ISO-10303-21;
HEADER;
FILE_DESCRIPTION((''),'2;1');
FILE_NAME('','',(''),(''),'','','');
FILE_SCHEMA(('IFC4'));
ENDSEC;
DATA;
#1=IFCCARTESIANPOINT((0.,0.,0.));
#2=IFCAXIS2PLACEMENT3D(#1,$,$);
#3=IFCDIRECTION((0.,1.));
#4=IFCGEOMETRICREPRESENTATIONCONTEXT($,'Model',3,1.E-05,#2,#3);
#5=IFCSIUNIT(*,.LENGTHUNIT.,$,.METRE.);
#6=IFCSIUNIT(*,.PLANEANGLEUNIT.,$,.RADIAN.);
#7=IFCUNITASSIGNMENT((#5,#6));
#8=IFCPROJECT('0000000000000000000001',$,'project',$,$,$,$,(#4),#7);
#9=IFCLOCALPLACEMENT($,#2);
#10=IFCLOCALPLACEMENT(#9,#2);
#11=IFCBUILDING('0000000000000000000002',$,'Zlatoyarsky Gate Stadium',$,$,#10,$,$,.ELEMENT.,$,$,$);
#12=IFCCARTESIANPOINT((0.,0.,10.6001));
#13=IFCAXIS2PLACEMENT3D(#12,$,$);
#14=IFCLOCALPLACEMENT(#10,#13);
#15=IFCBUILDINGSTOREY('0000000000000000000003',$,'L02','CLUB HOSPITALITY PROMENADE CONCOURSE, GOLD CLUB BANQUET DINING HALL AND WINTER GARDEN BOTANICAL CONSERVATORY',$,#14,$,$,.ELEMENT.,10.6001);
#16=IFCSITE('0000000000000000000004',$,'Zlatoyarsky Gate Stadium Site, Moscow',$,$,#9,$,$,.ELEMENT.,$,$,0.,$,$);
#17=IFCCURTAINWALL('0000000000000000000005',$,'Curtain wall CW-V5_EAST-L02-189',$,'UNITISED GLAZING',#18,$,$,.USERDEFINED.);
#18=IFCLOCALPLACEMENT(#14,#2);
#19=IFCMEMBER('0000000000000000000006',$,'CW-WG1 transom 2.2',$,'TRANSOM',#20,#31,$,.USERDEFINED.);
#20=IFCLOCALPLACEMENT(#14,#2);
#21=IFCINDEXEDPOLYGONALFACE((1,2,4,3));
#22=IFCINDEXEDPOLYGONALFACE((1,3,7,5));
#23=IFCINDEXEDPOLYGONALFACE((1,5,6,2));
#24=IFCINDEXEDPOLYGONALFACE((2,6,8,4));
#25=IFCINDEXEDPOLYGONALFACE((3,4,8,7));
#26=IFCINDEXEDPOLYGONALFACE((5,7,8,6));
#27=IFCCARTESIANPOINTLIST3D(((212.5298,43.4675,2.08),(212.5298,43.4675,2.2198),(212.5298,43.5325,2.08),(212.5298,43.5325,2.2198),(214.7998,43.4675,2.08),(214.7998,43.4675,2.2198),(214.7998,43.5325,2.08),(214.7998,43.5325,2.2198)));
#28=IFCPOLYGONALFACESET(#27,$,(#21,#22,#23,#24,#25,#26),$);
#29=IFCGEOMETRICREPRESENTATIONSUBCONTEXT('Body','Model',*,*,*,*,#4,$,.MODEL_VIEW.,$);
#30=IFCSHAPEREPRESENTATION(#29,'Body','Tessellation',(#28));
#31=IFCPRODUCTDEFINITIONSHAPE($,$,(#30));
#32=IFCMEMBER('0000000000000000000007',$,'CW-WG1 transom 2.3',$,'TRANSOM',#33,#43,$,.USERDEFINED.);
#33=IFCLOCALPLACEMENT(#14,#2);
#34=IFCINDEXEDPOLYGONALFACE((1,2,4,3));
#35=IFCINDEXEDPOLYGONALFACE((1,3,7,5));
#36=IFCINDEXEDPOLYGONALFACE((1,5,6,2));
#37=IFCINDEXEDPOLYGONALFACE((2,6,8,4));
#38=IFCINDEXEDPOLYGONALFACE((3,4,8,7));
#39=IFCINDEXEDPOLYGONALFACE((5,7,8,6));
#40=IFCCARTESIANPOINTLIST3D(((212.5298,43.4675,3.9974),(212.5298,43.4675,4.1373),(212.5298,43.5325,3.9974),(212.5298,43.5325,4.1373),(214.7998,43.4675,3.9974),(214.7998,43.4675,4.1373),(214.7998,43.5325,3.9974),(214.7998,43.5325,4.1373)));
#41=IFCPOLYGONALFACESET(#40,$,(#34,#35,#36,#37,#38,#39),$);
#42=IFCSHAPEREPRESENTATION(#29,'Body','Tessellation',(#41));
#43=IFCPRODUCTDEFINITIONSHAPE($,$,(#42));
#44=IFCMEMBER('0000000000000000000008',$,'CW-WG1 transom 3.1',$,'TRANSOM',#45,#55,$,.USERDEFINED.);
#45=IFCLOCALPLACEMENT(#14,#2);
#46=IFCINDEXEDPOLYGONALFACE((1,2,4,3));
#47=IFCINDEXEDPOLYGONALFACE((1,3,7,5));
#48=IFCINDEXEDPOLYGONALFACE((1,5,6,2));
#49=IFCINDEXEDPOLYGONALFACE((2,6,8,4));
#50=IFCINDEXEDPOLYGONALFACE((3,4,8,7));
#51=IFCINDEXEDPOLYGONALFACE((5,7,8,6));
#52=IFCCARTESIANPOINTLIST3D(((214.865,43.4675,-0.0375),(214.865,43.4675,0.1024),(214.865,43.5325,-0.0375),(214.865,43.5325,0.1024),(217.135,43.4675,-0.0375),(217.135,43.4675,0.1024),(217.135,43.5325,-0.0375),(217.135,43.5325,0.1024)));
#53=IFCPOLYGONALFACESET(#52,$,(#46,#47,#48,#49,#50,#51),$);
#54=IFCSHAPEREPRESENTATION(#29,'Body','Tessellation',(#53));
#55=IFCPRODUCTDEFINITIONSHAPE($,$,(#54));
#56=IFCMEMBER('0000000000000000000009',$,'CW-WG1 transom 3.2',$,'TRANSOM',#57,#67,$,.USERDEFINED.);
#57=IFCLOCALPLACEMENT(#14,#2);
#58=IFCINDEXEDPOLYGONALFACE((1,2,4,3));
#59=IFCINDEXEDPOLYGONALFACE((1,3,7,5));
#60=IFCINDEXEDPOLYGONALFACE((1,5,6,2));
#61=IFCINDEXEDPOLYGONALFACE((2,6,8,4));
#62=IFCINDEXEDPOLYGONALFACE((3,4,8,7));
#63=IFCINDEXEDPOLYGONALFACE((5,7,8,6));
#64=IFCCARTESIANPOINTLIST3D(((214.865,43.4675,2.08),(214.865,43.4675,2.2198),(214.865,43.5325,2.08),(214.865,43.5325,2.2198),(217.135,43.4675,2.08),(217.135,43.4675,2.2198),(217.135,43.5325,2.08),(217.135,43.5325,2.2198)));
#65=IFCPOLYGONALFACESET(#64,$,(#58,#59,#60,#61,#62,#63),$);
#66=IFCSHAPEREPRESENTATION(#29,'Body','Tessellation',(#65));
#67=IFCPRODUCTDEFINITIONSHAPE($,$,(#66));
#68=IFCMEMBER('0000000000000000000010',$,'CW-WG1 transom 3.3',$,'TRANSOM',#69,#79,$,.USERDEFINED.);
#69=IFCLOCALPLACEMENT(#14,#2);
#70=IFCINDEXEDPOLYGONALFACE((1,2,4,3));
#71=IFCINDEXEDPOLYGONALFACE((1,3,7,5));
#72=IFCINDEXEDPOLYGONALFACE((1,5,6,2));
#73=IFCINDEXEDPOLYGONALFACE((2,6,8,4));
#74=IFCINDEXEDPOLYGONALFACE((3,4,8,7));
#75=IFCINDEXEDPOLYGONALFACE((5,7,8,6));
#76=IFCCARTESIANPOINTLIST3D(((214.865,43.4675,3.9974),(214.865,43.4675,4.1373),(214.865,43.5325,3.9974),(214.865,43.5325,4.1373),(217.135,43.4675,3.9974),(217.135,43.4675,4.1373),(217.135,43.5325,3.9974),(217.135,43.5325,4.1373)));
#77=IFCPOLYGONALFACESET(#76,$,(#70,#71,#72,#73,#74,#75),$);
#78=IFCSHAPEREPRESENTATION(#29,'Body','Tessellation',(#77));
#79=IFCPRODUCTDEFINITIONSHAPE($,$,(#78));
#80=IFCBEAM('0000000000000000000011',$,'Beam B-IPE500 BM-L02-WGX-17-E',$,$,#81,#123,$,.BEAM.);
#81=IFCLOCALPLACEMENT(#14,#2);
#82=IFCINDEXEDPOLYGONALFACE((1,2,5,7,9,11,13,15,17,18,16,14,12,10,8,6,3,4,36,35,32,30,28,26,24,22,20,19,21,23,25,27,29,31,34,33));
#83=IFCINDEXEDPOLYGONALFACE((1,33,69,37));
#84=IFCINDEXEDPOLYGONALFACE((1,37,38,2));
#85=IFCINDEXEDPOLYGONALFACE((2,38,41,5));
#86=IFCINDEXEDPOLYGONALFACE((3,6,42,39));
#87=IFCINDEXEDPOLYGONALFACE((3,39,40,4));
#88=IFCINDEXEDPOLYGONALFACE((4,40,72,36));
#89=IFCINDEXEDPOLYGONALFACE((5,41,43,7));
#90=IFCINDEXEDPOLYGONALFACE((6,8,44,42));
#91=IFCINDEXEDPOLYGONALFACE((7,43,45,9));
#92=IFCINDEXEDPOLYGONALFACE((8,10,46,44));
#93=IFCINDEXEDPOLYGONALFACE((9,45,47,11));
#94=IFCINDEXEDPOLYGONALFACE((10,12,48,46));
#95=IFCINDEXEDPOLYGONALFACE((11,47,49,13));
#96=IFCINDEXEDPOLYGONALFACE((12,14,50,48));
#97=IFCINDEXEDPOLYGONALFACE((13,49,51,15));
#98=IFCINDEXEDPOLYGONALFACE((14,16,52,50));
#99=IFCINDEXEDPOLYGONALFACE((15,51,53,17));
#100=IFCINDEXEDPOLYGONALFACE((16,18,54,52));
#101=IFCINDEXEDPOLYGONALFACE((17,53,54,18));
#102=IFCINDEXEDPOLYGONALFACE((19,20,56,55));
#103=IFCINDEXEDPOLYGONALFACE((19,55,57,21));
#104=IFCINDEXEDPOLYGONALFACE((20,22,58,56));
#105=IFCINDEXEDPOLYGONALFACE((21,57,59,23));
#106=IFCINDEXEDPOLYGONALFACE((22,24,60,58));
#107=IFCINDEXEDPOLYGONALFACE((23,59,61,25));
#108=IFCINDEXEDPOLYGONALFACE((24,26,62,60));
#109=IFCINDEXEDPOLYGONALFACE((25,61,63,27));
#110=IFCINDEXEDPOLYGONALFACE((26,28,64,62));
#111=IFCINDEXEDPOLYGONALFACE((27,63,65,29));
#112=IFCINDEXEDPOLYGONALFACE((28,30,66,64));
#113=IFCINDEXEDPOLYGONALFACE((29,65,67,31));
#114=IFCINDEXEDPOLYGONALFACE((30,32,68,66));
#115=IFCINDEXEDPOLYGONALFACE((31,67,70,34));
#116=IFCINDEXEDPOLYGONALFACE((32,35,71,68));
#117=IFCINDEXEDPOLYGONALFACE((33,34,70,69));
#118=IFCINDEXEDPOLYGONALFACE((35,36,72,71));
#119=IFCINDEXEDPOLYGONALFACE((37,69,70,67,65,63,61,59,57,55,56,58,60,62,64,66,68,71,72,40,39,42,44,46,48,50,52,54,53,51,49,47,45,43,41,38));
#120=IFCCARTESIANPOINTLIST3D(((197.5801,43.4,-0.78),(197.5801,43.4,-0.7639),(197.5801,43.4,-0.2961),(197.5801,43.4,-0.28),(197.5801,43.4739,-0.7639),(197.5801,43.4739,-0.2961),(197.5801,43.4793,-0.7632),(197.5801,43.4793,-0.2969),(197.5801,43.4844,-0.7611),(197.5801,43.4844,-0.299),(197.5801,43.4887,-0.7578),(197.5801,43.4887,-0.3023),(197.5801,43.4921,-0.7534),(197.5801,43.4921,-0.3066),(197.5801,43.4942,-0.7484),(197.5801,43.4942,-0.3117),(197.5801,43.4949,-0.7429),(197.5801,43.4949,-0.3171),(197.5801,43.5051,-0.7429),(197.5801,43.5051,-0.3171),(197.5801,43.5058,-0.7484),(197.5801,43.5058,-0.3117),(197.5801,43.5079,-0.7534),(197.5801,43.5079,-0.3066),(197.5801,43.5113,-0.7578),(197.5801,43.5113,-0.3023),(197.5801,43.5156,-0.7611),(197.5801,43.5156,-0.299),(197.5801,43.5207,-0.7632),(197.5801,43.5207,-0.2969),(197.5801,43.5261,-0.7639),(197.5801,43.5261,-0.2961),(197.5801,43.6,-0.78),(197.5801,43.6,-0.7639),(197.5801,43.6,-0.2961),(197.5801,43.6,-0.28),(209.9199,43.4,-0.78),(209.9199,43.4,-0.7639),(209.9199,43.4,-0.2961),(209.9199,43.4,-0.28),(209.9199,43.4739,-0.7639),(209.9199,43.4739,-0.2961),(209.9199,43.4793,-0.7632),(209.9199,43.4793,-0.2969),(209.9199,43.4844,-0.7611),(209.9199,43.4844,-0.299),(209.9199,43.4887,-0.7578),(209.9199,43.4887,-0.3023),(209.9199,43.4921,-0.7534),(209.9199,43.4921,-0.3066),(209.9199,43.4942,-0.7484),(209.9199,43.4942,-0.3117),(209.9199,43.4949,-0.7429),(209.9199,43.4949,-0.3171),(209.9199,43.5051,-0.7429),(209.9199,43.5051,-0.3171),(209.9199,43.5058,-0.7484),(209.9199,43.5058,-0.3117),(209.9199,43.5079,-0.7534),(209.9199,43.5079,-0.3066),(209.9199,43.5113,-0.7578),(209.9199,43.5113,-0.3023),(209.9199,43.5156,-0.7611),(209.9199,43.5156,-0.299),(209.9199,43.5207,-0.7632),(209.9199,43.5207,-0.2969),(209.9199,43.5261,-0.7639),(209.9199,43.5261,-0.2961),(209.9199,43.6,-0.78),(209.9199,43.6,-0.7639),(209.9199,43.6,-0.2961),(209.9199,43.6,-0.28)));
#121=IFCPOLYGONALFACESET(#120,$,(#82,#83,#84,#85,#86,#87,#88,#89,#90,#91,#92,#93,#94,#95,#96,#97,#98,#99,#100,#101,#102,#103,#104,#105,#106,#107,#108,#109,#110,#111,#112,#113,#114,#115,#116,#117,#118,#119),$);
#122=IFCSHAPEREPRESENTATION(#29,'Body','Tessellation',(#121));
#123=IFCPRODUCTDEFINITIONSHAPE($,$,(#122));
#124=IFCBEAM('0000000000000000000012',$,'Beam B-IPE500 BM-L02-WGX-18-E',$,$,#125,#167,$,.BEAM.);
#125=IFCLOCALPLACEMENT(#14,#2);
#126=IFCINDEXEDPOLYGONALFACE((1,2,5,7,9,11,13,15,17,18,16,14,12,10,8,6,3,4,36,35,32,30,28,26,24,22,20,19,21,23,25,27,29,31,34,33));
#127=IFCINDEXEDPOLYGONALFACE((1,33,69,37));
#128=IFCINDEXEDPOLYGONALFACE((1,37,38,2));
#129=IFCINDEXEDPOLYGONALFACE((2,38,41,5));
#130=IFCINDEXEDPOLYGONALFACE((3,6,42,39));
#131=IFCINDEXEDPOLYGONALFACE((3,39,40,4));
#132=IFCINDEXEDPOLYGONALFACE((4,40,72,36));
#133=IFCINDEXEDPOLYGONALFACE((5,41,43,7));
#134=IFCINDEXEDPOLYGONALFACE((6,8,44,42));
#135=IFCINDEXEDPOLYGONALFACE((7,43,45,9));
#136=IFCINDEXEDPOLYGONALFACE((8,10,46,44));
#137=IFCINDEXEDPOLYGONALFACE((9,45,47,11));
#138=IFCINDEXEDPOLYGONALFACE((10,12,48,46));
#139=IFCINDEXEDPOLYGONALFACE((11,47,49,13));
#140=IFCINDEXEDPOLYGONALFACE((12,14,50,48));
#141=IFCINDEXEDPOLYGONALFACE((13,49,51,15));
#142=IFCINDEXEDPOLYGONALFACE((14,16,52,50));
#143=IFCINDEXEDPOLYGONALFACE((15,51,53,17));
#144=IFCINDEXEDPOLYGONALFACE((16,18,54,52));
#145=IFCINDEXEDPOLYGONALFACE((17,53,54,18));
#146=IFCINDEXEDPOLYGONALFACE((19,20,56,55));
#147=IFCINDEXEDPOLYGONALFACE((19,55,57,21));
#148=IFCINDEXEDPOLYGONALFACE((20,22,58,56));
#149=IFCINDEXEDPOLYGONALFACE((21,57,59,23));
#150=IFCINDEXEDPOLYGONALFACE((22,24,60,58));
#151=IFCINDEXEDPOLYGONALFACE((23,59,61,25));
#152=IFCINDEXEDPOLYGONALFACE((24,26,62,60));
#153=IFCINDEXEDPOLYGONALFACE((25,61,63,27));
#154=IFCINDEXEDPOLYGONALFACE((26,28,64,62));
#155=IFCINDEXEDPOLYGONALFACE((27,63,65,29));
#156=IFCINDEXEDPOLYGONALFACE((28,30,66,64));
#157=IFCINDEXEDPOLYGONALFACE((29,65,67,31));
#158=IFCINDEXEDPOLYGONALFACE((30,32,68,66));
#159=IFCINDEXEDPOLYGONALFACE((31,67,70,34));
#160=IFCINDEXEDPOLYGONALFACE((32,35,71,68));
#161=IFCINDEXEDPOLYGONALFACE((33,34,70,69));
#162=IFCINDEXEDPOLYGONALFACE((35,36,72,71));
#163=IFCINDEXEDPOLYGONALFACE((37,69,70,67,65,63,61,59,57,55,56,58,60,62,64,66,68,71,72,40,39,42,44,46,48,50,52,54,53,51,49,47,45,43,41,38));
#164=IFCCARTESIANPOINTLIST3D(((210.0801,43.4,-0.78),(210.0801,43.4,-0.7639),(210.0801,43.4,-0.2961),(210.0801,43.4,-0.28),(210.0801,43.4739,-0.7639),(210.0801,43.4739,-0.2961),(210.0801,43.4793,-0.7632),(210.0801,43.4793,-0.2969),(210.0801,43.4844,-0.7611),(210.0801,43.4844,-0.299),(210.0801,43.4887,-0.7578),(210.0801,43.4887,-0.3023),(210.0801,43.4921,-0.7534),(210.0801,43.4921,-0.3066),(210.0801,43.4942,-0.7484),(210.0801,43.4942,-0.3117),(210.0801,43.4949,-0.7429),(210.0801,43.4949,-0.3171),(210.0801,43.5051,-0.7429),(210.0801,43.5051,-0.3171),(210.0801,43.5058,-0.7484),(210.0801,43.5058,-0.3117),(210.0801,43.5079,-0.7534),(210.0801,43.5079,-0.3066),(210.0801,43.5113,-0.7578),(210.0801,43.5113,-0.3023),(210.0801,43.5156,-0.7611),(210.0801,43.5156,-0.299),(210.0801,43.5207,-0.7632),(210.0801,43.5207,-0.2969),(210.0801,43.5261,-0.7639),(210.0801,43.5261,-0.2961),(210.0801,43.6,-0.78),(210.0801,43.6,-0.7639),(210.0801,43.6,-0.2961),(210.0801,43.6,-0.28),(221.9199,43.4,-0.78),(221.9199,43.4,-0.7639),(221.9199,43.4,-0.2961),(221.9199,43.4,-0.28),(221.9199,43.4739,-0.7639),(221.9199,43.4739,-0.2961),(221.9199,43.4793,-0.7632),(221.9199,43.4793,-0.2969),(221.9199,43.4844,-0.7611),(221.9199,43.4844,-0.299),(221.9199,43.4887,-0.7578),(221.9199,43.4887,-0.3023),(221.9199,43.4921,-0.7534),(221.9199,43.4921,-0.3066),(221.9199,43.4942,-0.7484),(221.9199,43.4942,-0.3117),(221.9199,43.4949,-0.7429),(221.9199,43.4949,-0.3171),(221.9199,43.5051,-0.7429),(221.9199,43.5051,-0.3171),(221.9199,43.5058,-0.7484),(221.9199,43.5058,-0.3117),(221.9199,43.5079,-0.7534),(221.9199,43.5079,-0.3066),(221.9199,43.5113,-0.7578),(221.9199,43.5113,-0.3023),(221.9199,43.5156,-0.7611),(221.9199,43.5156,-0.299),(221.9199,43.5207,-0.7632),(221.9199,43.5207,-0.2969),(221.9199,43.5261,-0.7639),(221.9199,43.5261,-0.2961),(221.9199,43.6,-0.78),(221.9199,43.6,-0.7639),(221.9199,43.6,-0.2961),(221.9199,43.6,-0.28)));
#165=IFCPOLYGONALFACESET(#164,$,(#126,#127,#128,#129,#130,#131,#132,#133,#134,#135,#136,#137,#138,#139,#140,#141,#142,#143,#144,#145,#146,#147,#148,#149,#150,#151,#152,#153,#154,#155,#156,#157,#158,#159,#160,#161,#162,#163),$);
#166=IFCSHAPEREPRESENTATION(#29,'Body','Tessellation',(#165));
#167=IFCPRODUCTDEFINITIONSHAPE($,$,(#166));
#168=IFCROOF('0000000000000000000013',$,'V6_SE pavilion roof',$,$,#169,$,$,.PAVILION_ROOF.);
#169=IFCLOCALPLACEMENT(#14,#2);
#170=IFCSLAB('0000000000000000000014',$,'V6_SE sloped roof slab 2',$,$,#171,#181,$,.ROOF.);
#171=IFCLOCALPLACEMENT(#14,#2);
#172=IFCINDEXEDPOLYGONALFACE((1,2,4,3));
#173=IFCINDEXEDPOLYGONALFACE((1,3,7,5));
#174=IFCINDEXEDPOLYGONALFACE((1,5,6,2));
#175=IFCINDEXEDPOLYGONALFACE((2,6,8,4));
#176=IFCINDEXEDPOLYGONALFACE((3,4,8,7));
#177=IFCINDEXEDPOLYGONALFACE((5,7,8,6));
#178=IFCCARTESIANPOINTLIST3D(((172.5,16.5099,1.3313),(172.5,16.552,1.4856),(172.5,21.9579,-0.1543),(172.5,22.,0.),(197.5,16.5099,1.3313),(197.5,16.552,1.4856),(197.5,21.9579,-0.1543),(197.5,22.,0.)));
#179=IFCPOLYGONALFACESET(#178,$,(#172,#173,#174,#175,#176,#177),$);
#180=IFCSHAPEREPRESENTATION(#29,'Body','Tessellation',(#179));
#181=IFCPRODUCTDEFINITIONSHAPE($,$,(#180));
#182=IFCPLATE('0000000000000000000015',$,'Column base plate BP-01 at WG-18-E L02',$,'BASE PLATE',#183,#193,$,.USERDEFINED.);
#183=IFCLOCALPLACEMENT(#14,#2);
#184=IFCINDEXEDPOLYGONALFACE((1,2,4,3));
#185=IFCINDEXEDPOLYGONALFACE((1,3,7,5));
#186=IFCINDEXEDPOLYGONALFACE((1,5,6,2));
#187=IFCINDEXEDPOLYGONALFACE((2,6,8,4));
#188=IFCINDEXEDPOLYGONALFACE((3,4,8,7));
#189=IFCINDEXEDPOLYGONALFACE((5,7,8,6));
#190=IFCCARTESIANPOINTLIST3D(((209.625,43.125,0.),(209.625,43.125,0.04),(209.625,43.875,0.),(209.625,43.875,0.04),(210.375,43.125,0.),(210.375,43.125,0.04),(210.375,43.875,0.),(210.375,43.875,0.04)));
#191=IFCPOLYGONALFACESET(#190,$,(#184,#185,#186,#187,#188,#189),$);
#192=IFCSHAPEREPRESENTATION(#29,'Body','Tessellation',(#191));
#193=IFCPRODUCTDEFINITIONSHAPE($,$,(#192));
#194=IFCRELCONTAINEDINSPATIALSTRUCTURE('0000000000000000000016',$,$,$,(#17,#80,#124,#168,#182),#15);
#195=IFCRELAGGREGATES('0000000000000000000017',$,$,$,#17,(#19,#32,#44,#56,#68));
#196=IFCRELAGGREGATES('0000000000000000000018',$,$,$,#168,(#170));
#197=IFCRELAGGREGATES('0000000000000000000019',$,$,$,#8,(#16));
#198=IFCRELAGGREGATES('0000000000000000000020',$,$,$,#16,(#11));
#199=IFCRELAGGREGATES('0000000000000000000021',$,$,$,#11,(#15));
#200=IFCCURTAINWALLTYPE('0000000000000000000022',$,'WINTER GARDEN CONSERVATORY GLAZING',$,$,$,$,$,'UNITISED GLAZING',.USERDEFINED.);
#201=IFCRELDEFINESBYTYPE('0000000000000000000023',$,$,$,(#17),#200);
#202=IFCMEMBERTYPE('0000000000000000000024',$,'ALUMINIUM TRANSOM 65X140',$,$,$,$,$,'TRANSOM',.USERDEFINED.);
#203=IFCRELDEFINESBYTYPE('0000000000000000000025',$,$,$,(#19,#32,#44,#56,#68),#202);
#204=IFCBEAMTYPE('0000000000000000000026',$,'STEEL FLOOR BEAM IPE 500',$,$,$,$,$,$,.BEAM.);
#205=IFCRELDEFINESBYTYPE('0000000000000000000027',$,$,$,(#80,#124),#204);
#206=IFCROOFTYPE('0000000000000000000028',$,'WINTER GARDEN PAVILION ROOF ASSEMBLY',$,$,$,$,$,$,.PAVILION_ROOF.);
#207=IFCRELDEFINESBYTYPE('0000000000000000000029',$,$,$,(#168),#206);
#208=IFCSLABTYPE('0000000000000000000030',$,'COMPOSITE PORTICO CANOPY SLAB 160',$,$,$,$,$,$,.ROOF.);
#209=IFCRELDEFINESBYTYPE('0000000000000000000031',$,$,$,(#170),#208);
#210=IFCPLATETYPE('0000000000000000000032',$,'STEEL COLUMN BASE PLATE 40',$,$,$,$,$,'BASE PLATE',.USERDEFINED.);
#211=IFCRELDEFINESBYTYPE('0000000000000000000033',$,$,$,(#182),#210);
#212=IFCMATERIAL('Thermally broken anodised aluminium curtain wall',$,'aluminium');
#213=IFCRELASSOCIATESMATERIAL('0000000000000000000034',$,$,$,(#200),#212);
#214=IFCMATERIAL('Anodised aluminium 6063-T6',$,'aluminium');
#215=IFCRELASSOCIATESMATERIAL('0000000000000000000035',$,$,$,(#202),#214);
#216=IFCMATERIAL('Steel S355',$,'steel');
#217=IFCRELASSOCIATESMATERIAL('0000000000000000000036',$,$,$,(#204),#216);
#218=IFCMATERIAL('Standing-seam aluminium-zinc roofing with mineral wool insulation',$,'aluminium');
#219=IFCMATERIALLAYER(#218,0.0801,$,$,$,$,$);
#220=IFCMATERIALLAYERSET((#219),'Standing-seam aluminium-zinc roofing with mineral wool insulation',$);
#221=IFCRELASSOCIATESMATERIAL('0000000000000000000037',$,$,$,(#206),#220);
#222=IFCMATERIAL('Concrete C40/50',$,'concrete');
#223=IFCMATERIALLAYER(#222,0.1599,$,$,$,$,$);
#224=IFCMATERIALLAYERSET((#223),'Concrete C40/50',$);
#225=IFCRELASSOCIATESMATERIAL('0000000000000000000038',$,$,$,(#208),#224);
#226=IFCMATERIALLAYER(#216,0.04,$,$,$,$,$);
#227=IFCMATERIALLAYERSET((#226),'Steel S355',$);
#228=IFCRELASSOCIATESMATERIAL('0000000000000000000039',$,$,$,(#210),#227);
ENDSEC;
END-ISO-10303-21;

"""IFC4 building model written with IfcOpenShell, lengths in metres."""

from ifc_helpers import new_model, si_unit, direction, frame, origin, origin_2d, place, context, subcontext, project, spatial, polyline, rectangle, i_section, outline, extrude, material, layer, layer_set, material_profile, profile_set, type_object, element, aggregate, save


model = new_model("IFC4")

# Units and contexts
model_context = context("Model", 3, precision=1e-05, world=origin(), true_north=direction((0.0, 1.0)))
body_context = subcontext(model_context, "Body", "Model", "MODEL_VIEW")
ifc_project = project(units=[si_unit("LENGTHUNIT", "METRE"), si_unit("PLANEANGLEUNIT", "RADIAN")], contexts=[model_context])

# Site, building, storey
site_placement = place(None, origin())
site = spatial("IfcSite", under=ifc_project, at=site_placement, Name="Zlatoyarsky Gate Stadium Site, Moscow", CompositionType="ELEMENT", RefElevation=0.0)
building_placement = place(site_placement, origin())
building = spatial("IfcBuilding", under=site, at=building_placement, Name="Zlatoyarsky Gate Stadium", CompositionType="ELEMENT")
storey_placement = place(building_placement, frame((0.0, 0.0, 10.6001)))
storey = spatial("IfcBuildingStorey", under=building, at=storey_placement, Name="L02", Description="CLUB HOSPITALITY PROMENADE CONCOURSE, GOLD CLUB BANQUET DINING HALL AND WINTER GARDEN BOTANICAL CONSERVATORY", CompositionType="ELEMENT", Elevation=10.6001)

# Shared definitions
ifc_material_1 = material(Name="Steel S355", Category="steel")

# Curtain wall, members
ifc_material_2 = material(Name="Thermally broken anodised aluminium curtain wall", Category="aluminium")
curtain_wall_type = type_object("IfcCurtainWallType", Name="WINTER GARDEN CONSERVATORY GLAZING", ElementType="UNITISED GLAZING", PredefinedType="USERDEFINED", material=ifc_material_2)
curtain_wall_placement = place(storey_placement, origin())
curtain_wall = element("IfcCurtainWall", 1, at=curtain_wall_placement, inside=storey, type_object=curtain_wall_type, Name="Curtain wall CW-V5_EAST-L02-189", ObjectType="UNITISED GLAZING", PredefinedType="USERDEFINED")
ifc_material_3 = material(Name="Anodised aluminium 6063-T6", Category="aluminium")
ifc_material_profile_1 = material_profile(ifc_material_3, rectangle(XDim=0.0649, YDim=0.1399, at=origin_2d()), Name="ALU 65X140")
ifc_profile_set_1 = profile_set([ifc_material_profile_1], Name="Anodised aluminium 6063-T6")
member_type_1 = type_object("IfcMemberType", Name="ALUMINIUM TRANSOM 65X140", ElementType="TRANSOM", PredefinedType="USERDEFINED", material=ifc_profile_set_1)
member_1_placement = place(storey_placement, frame((212.5298, 43.5, 2.1499), z_axis=(1.0, 0.0, 0.0), x_axis=(0.0, 1.0, 0.0)))
member_1 = element("IfcMember", 2, at=member_1_placement, type_object=member_type_1, Name="CW-WG1 transom 2.2", ObjectType="TRANSOM", PredefinedType="USERDEFINED", context=body_context, shape_type="SweptSolid", body=[
    extrude(rectangle(XDim=0.0649, YDim=0.1399, at=origin_2d()), origin(), (0.0, 0.0, 1.0), 2.27),
])
member_2_placement = place(storey_placement, frame((212.5298, 43.5, 4.0674), z_axis=(1.0, 0.0, 0.0), x_axis=(0.0, 1.0, 0.0)))
member_2 = element("IfcMember", 3, at=member_2_placement, type_object=member_type_1, Name="CW-WG1 transom 2.3", ObjectType="TRANSOM", PredefinedType="USERDEFINED", context=body_context, shape_type="SweptSolid", body=[
    extrude(rectangle(XDim=0.0649, YDim=0.1399, at=origin_2d()), origin(), (0.0, 0.0, 1.0), 2.27),
])
member_3_placement = place(storey_placement, frame((214.865, 43.5, 0.0325), z_axis=(1.0, 0.0, 0.0), x_axis=(0.0, 1.0, 0.0)))
member_3 = element("IfcMember", 4, at=member_3_placement, type_object=member_type_1, Name="CW-WG1 transom 3.1", ObjectType="TRANSOM", PredefinedType="USERDEFINED", context=body_context, shape_type="SweptSolid", body=[
    extrude(rectangle(XDim=0.0649, YDim=0.1399, at=origin_2d()), origin(), (0.0, 0.0, 1.0), 2.27),
])
member_4_placement = place(storey_placement, frame((214.865, 43.5, 2.1499), z_axis=(1.0, 0.0, 0.0), x_axis=(0.0, 1.0, 0.0)))
member_4 = element("IfcMember", 5, at=member_4_placement, type_object=member_type_1, Name="CW-WG1 transom 3.2", ObjectType="TRANSOM", PredefinedType="USERDEFINED", context=body_context, shape_type="SweptSolid", body=[
    extrude(rectangle(XDim=0.0649, YDim=0.1399, at=origin_2d()), origin(), (0.0, 0.0, 1.0), 2.27),
])
member_5_placement = place(storey_placement, frame((214.865, 43.5, 4.0674), z_axis=(1.0, 0.0, 0.0), x_axis=(0.0, 1.0, 0.0)))
member_5 = element("IfcMember", 6, at=member_5_placement, type_object=member_type_1, Name="CW-WG1 transom 3.3", ObjectType="TRANSOM", PredefinedType="USERDEFINED", context=body_context, shape_type="SweptSolid", body=[
    extrude(rectangle(XDim=0.0649, YDim=0.1399, at=origin_2d()), origin(), (0.0, 0.0, 1.0), 2.27),
])

# Beams
ifc_material_profile_2 = material_profile(ifc_material_1, i_section(OverallWidth=0.2, OverallDepth=0.5, WebThickness=0.0103, FlangeThickness=0.0161, FilletRadius=0.021, at=origin_2d()), Name="IPE 500")
ifc_profile_set_2 = profile_set([ifc_material_profile_2], Name="Steel S355")
beam_type = type_object("IfcBeamType", Name="STEEL FLOOR BEAM IPE 500", PredefinedType="BEAM", material=ifc_profile_set_2)
beam_1_placement = place(storey_placement, frame((197.5801, 43.5, -0.53), z_axis=(1.0, 0.0, 0.0), x_axis=(0.0, 1.0, 0.0)))
element("IfcBeam", 7, at=beam_1_placement, inside=storey, type_object=beam_type, Name="Beam B-IPE500 BM-L02-WGX-17-E", PredefinedType="BEAM", context=body_context, shape_type="SweptSolid", body=[
    extrude(i_section(OverallWidth=0.2, OverallDepth=0.5, WebThickness=0.0103, FlangeThickness=0.0161, FilletRadius=0.021, at=origin_2d()), origin(), (0.0, 0.0, 1.0), 12.3398),
])
beam_2_placement = place(storey_placement, frame((210.0801, 43.5, -0.53), z_axis=(1.0, 0.0, 0.0), x_axis=(0.0, 1.0, 0.0)))
element("IfcBeam", 8, at=beam_2_placement, inside=storey, type_object=beam_type, Name="Beam B-IPE500 BM-L02-WGX-18-E", PredefinedType="BEAM", context=body_context, shape_type="SweptSolid", body=[
    extrude(i_section(OverallWidth=0.2, OverallDepth=0.5, WebThickness=0.0103, FlangeThickness=0.0161, FilletRadius=0.021, at=origin_2d()), origin(), (0.0, 0.0, 1.0), 11.8398),
])

# Roof, slab
ifc_material_4 = material(Name="Standing-seam aluminium-zinc roofing with mineral wool insulation", Category="aluminium")
ifc_layer_1 = layer(ifc_material_4, 0.0801)
ifc_layer_set_1 = layer_set([ifc_layer_1], Name="Standing-seam aluminium-zinc roofing with mineral wool insulation")
roof_type = type_object("IfcRoofType", Name="WINTER GARDEN PAVILION ROOF ASSEMBLY", PredefinedType="PAVILION_ROOF", material=ifc_layer_set_1)
roof_placement = place(storey_placement, origin())
roof = element("IfcRoof", 9, at=roof_placement, inside=storey, type_object=roof_type, Name="V6_SE pavilion roof", PredefinedType="PAVILION_ROOF")
ifc_material_5 = material(Name="Concrete C40/50", Category="concrete")
ifc_layer_2 = layer(ifc_material_5, 0.1599)
ifc_layer_set_2 = layer_set([ifc_layer_2], Name="Concrete C40/50")
slab_type = type_object("IfcSlabType", Name="COMPOSITE PORTICO CANOPY SLAB 160", PredefinedType="ROOF", material=ifc_layer_set_2)
slab_placement = place(storey_placement, frame((197.5, 22.0, 0.0), z_axis=(0.0, 0.263081, 0.964774), x_axis=(-1.0, 0.0, 0.0)))
slab = element("IfcSlab", 10, at=slab_placement, type_object=slab_type, Name="V6_SE sloped roof slab 2", PredefinedType="ROOF", context=body_context, shape_type="SweptSolid", body=[
    extrude(outline(polyline([(0.0, 0.0), (25.0, 0.0), (25.0, 5.6469), (0.0, 5.6469), (0.0, 0.0)])), origin(), (0.0, 0.0, -1.0), 0.1599),
])

# Plate
ifc_layer_3 = layer(ifc_material_1, 0.04)
ifc_layer_set_3 = layer_set([ifc_layer_3], Name="Steel S355")
plate_type_1 = type_object("IfcPlateType", Name="STEEL COLUMN BASE PLATE 40", ElementType="BASE PLATE", PredefinedType="USERDEFINED", material=ifc_layer_set_3)
plate_1_placement = place(storey_placement, frame((210.0, 43.5, 0.0), z_axis=(0.0, 0.0, 1.0), x_axis=(1.0, 0.0, 0.0)))
element("IfcPlate", 11, at=plate_1_placement, inside=storey, type_object=plate_type_1, Name="Column base plate BP-01 at WG-18-E L02", ObjectType="BASE PLATE", PredefinedType="USERDEFINED", context=body_context, shape_type="SweptSolid", body=[
    extrude(rectangle(XDim=0.75, YDim=0.75, at=origin_2d()), origin(), (0.0, 0.0, 1.0), 0.04),
])
aggregate(curtain_wall, [member_1, member_2, member_3, member_4, member_5])

aggregate(roof, [slab])

save(model, "model.ifc")
